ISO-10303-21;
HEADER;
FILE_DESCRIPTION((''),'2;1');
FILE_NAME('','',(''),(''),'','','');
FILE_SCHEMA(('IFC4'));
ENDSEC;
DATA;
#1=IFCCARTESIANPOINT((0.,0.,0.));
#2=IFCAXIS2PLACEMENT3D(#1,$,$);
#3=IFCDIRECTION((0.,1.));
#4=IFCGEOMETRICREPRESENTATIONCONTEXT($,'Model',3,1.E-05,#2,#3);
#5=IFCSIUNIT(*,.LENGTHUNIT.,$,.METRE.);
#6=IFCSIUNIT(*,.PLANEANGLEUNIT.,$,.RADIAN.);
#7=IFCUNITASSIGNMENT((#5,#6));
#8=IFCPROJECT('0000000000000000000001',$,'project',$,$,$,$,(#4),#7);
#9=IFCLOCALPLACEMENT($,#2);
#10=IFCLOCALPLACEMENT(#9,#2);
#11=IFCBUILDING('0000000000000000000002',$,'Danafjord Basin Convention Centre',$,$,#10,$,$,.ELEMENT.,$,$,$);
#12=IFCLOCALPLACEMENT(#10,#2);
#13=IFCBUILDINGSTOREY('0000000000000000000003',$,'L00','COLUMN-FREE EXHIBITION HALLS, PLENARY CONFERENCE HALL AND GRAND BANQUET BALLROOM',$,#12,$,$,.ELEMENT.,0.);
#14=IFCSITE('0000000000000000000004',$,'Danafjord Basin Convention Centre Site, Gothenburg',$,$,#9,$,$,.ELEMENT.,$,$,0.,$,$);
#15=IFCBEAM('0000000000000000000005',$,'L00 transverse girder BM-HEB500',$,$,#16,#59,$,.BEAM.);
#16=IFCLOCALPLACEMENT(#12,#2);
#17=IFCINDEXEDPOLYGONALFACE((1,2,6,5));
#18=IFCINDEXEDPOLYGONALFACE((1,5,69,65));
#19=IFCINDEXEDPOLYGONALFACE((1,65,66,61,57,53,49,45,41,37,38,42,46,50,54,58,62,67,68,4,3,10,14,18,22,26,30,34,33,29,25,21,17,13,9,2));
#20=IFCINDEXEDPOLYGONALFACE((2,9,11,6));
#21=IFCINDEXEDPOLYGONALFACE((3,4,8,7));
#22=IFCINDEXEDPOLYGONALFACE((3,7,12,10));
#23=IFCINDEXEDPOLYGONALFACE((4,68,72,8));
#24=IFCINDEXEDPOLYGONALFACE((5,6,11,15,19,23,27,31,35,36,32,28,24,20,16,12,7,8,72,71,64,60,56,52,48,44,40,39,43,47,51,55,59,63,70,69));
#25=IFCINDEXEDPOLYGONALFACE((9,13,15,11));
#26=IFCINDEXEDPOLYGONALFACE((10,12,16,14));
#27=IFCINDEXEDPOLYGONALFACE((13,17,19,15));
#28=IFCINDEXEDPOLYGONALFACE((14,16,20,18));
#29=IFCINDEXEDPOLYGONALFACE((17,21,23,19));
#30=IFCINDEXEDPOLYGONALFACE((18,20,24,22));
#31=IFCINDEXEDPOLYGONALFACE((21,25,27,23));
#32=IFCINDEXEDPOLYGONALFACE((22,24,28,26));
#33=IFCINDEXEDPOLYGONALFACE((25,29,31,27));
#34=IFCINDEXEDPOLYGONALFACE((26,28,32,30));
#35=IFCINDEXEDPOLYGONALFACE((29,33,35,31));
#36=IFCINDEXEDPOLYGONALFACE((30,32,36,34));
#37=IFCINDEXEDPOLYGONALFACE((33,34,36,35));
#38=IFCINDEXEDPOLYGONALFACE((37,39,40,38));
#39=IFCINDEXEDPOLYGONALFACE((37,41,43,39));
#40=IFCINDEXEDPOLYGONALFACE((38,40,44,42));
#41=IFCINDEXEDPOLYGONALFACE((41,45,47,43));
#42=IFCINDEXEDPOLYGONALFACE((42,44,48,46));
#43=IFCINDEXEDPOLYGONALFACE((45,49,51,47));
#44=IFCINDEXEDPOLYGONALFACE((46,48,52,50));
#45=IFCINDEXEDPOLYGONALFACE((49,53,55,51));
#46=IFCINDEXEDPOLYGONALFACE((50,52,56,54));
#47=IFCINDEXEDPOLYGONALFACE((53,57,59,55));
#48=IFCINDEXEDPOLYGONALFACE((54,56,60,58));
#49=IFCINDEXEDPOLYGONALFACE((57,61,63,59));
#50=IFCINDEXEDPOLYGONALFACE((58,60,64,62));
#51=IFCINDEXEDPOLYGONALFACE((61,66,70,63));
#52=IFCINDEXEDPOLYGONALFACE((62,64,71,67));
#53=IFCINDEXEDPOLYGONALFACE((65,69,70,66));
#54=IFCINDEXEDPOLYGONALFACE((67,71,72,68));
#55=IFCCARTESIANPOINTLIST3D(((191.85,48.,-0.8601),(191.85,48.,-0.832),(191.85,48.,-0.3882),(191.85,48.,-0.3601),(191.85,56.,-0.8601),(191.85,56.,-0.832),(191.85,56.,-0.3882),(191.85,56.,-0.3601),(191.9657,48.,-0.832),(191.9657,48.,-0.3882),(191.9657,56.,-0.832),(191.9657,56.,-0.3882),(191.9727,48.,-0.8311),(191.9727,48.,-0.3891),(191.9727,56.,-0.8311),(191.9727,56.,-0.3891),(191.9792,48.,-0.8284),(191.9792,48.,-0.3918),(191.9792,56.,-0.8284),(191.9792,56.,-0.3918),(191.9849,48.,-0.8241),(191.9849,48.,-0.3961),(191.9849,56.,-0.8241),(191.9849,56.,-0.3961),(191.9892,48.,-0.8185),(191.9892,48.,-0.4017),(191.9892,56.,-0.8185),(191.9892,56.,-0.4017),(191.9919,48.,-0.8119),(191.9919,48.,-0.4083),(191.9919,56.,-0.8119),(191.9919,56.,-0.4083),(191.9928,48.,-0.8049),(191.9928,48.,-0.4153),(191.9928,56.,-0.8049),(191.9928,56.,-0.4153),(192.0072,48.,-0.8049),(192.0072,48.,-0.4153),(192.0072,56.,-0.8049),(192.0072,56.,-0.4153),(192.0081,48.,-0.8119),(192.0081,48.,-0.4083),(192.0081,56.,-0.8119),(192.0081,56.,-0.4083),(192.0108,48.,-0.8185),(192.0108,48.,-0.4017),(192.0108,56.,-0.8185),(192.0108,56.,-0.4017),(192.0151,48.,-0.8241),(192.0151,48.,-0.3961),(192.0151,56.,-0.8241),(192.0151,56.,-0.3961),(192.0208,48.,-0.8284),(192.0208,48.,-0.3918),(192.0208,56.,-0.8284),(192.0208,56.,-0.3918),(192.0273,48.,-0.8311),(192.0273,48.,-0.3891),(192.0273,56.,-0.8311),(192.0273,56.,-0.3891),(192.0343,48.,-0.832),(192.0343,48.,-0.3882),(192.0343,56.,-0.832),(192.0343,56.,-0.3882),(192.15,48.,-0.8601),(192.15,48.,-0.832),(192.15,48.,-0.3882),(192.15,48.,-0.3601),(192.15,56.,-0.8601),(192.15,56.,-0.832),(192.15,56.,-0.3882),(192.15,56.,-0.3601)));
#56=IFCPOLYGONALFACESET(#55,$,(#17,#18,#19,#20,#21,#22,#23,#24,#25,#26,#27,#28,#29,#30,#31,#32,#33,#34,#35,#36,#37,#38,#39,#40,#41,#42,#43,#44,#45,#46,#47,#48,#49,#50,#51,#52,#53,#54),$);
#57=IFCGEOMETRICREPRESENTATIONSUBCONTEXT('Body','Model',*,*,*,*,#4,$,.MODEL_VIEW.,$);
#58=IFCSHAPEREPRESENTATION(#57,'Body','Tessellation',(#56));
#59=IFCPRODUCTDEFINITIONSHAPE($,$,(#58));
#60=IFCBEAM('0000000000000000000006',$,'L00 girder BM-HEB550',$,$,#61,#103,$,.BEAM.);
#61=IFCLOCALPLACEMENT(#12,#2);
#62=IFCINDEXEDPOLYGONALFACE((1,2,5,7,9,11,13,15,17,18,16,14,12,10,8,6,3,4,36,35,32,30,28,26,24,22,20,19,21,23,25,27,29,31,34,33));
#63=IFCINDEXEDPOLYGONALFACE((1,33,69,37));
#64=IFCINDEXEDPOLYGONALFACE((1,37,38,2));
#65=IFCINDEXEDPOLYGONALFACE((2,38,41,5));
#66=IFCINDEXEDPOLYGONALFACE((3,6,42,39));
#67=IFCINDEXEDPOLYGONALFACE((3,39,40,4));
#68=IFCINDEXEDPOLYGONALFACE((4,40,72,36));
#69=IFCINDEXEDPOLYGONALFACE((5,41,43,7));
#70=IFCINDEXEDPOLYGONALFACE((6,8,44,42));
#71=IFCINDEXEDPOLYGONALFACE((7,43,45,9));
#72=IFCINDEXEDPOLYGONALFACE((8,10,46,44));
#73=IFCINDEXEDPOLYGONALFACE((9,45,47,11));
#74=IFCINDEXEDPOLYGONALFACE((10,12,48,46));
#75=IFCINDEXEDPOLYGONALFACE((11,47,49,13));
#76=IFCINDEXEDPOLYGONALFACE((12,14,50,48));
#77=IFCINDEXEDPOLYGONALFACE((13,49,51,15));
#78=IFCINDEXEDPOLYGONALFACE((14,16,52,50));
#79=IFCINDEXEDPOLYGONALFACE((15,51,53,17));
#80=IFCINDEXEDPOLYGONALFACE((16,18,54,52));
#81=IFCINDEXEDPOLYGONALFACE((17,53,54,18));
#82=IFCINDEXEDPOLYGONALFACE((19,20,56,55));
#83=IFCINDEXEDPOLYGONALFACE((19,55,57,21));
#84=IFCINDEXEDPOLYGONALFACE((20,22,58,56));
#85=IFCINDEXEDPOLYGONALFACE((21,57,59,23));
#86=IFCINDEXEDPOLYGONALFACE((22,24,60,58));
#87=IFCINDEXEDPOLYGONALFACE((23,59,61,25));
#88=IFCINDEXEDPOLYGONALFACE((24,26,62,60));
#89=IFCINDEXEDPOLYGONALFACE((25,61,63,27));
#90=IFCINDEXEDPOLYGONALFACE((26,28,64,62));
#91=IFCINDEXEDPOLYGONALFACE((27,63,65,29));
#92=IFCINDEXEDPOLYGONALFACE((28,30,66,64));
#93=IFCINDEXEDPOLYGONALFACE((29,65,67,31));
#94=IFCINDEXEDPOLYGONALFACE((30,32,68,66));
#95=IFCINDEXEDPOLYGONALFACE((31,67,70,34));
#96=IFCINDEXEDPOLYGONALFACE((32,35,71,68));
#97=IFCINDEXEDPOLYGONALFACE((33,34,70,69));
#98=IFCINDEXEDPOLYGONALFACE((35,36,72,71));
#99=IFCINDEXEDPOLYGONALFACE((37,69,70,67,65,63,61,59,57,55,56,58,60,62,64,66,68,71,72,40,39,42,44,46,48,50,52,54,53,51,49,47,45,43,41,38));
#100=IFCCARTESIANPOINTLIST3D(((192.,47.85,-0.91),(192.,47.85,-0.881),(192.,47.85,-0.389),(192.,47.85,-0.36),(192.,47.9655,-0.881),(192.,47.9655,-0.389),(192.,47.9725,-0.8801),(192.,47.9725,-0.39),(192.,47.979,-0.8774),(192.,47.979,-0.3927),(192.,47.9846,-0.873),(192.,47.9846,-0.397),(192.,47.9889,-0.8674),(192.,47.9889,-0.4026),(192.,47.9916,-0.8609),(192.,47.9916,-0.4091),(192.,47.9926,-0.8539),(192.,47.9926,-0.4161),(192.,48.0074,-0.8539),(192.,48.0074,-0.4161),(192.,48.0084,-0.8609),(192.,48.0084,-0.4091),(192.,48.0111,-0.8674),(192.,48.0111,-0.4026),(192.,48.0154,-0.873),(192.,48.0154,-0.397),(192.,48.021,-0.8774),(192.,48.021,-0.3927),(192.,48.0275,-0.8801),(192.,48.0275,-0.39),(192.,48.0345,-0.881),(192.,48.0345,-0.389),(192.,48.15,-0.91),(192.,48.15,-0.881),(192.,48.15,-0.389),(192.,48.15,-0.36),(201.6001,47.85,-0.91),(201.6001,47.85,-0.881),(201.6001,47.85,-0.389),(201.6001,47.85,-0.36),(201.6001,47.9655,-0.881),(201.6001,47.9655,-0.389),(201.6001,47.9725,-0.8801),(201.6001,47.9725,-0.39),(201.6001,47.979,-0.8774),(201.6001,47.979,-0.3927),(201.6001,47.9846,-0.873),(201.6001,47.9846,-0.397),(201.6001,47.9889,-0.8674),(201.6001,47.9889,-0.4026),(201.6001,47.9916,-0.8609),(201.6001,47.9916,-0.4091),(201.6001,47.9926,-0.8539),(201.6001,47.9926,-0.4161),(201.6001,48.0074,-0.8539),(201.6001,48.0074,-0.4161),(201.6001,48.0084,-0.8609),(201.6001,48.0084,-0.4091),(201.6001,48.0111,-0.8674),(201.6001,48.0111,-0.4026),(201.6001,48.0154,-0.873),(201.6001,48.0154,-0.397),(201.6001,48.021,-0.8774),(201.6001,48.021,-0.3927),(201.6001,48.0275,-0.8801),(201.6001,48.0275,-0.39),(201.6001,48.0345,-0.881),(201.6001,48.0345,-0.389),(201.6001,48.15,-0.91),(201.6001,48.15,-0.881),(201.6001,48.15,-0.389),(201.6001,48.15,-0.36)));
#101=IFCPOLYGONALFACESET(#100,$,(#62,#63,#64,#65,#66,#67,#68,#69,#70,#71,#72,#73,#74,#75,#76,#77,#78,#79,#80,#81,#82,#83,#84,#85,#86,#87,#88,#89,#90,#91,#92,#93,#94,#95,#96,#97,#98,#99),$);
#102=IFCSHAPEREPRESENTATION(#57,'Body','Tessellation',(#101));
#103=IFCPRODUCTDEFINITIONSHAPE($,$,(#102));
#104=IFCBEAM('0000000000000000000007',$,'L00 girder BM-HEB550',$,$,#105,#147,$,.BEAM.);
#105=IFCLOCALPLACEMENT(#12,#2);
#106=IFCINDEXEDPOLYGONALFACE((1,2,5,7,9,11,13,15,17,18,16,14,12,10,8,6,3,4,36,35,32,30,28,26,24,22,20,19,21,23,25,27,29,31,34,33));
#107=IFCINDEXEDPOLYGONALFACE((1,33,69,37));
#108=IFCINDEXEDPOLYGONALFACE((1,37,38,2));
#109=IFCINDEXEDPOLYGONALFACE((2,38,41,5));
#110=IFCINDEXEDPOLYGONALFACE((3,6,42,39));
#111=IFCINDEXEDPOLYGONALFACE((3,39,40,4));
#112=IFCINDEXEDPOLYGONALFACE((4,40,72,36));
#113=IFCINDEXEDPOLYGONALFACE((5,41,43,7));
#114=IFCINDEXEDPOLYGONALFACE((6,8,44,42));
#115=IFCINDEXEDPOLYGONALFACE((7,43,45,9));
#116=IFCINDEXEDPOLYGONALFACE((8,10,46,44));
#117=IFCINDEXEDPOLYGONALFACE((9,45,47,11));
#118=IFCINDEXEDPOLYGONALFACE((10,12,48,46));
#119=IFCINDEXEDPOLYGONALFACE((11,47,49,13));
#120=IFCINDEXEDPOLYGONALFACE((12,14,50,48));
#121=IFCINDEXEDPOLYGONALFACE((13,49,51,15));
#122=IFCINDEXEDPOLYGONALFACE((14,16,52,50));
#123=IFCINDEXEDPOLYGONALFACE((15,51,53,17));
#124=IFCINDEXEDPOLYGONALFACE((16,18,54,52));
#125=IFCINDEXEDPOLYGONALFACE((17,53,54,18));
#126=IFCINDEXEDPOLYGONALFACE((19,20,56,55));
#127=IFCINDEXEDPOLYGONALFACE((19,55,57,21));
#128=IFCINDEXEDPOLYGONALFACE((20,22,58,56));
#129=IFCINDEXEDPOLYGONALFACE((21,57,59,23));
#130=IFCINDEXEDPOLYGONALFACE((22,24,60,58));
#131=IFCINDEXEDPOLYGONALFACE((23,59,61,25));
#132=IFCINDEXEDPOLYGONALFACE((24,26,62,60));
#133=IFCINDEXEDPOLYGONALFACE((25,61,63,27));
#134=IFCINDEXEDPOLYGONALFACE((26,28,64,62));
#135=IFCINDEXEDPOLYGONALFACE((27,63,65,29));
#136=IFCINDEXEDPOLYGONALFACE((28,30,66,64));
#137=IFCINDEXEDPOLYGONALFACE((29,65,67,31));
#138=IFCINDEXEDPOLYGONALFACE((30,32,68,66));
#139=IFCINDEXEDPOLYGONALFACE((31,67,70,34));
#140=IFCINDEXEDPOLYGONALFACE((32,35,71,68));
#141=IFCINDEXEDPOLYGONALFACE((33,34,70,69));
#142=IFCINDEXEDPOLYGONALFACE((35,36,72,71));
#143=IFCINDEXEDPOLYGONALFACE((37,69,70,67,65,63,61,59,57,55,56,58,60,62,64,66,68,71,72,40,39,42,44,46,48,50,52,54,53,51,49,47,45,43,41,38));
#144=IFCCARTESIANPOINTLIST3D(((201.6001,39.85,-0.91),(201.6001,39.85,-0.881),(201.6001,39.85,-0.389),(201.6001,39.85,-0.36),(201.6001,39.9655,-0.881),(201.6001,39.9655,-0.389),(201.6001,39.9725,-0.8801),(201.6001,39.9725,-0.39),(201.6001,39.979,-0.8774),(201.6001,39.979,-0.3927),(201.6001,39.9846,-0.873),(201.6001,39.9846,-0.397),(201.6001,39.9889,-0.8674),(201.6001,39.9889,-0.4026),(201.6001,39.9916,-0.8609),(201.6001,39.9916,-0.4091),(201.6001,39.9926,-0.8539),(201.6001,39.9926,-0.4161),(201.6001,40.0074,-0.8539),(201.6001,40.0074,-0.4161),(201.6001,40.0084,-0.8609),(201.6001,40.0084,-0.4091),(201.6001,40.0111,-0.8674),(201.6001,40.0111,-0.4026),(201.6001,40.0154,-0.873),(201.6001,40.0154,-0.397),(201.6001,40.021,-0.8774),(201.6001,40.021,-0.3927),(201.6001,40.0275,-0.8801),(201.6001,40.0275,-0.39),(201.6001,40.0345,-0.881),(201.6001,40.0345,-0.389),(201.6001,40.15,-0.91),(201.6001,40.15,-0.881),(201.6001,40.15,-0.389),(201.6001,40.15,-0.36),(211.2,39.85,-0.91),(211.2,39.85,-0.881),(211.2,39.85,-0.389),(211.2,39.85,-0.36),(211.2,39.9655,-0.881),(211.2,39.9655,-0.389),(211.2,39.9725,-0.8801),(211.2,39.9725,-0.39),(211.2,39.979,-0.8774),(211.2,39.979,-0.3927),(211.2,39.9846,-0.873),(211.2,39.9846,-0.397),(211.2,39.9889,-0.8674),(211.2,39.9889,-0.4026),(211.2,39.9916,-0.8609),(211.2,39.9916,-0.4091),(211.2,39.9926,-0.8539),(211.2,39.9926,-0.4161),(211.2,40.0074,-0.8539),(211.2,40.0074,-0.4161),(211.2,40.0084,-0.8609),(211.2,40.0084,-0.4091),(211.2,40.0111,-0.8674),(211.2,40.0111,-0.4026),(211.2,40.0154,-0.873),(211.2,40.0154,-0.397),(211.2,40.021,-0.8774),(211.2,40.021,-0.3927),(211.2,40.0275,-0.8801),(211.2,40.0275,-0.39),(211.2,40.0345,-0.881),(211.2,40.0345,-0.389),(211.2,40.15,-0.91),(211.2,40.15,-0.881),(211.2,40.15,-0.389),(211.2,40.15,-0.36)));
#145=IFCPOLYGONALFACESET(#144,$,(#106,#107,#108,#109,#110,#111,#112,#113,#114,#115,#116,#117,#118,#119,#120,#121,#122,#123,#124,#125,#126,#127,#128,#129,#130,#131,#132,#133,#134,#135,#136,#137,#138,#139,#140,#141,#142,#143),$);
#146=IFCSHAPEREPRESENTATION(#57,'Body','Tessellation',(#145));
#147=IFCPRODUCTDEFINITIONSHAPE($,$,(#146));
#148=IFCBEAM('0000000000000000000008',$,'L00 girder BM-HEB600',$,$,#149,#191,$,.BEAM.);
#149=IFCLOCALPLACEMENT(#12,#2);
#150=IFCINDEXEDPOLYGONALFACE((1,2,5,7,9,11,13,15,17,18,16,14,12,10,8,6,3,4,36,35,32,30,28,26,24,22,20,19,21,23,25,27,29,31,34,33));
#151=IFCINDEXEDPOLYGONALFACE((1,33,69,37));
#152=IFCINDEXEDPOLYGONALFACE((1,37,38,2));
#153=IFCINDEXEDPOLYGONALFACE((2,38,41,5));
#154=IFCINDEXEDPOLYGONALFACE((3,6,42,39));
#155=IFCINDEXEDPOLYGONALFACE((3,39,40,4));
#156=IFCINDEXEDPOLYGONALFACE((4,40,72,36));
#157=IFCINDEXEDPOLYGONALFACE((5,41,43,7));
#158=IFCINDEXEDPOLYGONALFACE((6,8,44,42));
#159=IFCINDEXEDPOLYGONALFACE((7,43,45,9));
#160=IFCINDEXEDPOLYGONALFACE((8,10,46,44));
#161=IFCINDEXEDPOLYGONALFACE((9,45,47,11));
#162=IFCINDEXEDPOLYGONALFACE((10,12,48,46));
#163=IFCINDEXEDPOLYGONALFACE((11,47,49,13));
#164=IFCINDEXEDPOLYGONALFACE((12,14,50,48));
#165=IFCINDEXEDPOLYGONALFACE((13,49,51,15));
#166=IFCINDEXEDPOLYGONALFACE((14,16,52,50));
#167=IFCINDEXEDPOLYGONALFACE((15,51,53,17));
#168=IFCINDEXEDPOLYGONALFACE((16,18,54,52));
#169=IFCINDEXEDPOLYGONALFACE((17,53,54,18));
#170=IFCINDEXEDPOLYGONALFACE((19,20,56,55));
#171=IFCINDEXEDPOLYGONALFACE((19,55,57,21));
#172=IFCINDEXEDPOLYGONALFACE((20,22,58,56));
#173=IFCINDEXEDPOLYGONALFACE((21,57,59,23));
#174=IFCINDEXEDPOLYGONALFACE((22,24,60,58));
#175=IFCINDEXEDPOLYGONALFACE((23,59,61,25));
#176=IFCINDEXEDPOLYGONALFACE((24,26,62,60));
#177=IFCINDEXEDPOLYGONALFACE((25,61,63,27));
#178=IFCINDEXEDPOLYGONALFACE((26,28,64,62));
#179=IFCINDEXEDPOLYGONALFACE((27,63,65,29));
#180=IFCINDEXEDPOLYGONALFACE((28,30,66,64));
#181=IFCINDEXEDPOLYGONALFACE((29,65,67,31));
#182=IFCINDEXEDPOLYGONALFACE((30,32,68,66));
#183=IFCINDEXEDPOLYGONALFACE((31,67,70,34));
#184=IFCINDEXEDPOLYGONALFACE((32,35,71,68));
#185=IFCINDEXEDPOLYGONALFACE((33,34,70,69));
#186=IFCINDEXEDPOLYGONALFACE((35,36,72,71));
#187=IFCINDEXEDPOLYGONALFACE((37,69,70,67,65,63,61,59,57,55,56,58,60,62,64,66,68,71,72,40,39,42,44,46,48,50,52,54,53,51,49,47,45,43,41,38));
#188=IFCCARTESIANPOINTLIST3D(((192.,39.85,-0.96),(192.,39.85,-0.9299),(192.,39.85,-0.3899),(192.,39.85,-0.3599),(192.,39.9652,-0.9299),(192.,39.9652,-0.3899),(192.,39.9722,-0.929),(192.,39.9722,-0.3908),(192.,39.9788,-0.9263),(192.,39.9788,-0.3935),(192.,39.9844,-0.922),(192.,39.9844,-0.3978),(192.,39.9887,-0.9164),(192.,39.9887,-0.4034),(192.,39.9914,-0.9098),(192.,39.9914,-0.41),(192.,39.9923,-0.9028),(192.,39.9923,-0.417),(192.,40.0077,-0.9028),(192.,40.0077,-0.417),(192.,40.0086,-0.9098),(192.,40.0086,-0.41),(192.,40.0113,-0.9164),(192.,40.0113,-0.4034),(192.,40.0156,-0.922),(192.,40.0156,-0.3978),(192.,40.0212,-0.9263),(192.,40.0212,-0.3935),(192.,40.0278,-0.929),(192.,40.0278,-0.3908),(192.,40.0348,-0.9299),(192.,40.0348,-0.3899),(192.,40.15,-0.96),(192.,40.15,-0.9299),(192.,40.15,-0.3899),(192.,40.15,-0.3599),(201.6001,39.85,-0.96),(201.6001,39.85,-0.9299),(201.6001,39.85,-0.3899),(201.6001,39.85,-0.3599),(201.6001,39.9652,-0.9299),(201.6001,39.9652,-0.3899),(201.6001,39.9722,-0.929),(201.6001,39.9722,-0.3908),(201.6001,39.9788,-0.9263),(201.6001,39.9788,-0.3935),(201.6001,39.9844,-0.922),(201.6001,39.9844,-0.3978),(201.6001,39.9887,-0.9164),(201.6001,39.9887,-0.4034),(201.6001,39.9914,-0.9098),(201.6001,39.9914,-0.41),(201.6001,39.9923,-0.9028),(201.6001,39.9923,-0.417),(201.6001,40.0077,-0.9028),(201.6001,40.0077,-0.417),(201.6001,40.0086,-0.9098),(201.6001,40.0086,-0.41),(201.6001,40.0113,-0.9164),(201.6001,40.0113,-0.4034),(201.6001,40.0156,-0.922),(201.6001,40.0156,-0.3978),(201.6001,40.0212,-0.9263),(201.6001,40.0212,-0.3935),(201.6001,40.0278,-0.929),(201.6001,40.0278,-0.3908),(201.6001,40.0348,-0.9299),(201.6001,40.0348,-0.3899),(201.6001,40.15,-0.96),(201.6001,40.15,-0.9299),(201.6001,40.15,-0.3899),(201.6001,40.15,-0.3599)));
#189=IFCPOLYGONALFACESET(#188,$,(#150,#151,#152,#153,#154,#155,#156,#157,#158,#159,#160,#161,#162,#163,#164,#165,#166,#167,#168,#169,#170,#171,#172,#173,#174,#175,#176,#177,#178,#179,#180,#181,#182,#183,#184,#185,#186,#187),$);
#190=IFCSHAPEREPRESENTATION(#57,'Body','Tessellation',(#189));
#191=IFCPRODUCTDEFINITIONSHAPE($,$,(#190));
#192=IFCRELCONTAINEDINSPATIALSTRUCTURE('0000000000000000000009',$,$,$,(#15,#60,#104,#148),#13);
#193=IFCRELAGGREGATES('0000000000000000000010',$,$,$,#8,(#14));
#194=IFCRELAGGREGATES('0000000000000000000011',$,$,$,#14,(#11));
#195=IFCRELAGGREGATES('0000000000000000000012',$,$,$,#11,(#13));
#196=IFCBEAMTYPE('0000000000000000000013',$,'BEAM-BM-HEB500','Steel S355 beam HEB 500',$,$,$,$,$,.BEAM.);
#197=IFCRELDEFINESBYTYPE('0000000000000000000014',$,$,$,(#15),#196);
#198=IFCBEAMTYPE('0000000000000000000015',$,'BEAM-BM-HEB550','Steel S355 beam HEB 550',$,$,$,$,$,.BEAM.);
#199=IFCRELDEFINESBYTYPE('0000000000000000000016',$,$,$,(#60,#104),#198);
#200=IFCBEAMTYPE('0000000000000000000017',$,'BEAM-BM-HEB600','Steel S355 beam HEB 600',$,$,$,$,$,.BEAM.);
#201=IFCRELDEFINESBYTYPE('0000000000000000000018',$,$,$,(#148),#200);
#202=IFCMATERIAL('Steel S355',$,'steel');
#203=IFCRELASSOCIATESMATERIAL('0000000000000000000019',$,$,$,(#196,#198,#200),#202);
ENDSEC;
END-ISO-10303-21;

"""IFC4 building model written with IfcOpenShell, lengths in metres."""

from ifc_helpers import new_model, si_unit, direction, frame, origin, origin_2d, place, context, subcontext, project, spatial, i_section, extrude, material, material_profile, profile_set, type_object, element, save


model = new_model("IFC4")

# Units and contexts
model_context = context("Model", 3, precision=1e-05, world=origin(), true_north=direction((0.0, 1.0)))
body_context = subcontext(model_context, "Body", "Model", "MODEL_VIEW")
ifc_project = project(units=[si_unit("LENGTHUNIT", "METRE"), si_unit("PLANEANGLEUNIT", "RADIAN")], contexts=[model_context])

# Site, building, storey
site_placement = place(None, origin())
site = spatial("IfcSite", under=ifc_project, at=site_placement, Name="Danafjord Basin Convention Centre Site, Gothenburg", CompositionType="ELEMENT", RefElevation=0.0)
building_placement = place(site_placement, origin())
building = spatial("IfcBuilding", under=site, at=building_placement, Name="Danafjord Basin Convention Centre", CompositionType="ELEMENT")
storey_placement = place(building_placement, origin())
storey = spatial("IfcBuildingStorey", under=building, at=storey_placement, Name="L00", Description="COLUMN-FREE EXHIBITION HALLS, PLENARY CONFERENCE HALL AND GRAND BANQUET BALLROOM", CompositionType="ELEMENT", Elevation=0.0)

# Shared definitions
ifc_material_1 = material(Name="Steel S355", Category="steel")

# Beams
ifc_material_profile_1 = material_profile(ifc_material_1, i_section(OverallWidth=0.3, OverallDepth=0.5, WebThickness=0.0144, FlangeThickness=0.0281, FilletRadius=0.0271, at=origin_2d()), Name="HEB 500")
ifc_profile_set_1 = profile_set([ifc_material_profile_1], Name="Steel S355")
beam_type_1 = type_object("IfcBeamType", Name="BEAM-BM-HEB500", Description="Steel S355 beam HEB 500", PredefinedType="BEAM", material=ifc_profile_set_1)
beam_1_placement = place(storey_placement, frame((192.0, 48.0, -0.6101), z_axis=(0.0, 1.0, 0.0), x_axis=(-1.0, 0.0, 0.0)))
element("IfcBeam", 1, at=beam_1_placement, inside=storey, type_object=beam_type_1, Name="L00 transverse girder BM-HEB500", PredefinedType="BEAM", context=body_context, shape_type="SweptSolid", body=[
    extrude(i_section(OverallWidth=0.3, OverallDepth=0.5, WebThickness=0.0144, FlangeThickness=0.0281, FilletRadius=0.0271, at=origin_2d()), origin(), (0.0, 0.0, 1.0), 8.0),
])
ifc_material_profile_2 = material_profile(ifc_material_1, i_section(OverallWidth=0.3, OverallDepth=0.55, WebThickness=0.0149, FlangeThickness=0.0291, FilletRadius=0.0271, at=origin_2d()), Name="HEB 550")
ifc_profile_set_2 = profile_set([ifc_material_profile_2], Name="Steel S355")
beam_type_2 = type_object("IfcBeamType", Name="BEAM-BM-HEB550", Description="Steel S355 beam HEB 550", PredefinedType="BEAM", material=ifc_profile_set_2)
beam_2_placement = place(storey_placement, frame((192.0, 48.0, -0.635), z_axis=(1.0, 0.0, 0.0), x_axis=(0.0, 1.0, 0.0)))
element("IfcBeam", 2, at=beam_2_placement, inside=storey, type_object=beam_type_2, Name="L00 girder BM-HEB550", PredefinedType="BEAM", context=body_context, shape_type="SweptSolid", body=[
    extrude(i_section(OverallWidth=0.3, OverallDepth=0.55, WebThickness=0.0149, FlangeThickness=0.0291, FilletRadius=0.0271, at=origin_2d()), origin(), (0.0, 0.0, 1.0), 9.6001),
])
beam_3_placement = place(storey_placement, frame((201.6001, 40.0, -0.635), z_axis=(1.0, 0.0, 0.0), x_axis=(0.0, 1.0, 0.0)))
element("IfcBeam", 3, at=beam_3_placement, inside=storey, type_object=beam_type_2, Name="L00 girder BM-HEB550", PredefinedType="BEAM", context=body_context, shape_type="SweptSolid", body=[
    extrude(i_section(OverallWidth=0.3, OverallDepth=0.55, WebThickness=0.0149, FlangeThickness=0.0291, FilletRadius=0.0271, at=origin_2d()), origin(), (0.0, 0.0, 1.0), 9.5999),
])
ifc_material_profile_3 = material_profile(ifc_material_1, i_section(OverallWidth=0.3, OverallDepth=0.6001, WebThickness=0.0154, FlangeThickness=0.03, FilletRadius=0.0271, at=origin_2d()), Name="HEB 600")
ifc_profile_set_3 = profile_set([ifc_material_profile_3], Name="Steel S355")
beam_type_3 = type_object("IfcBeamType", Name="BEAM-BM-HEB600", Description="Steel S355 beam HEB 600", PredefinedType="BEAM", material=ifc_profile_set_3)
beam_4_placement = place(storey_placement, frame((192.0, 40.0, -0.6599), z_axis=(1.0, 0.0, 0.0), x_axis=(0.0, 1.0, 0.0)))
element("IfcBeam", 4, at=beam_4_placement, inside=storey, type_object=beam_type_3, Name="L00 girder BM-HEB600", PredefinedType="BEAM", context=body_context, shape_type="SweptSolid", body=[
    extrude(i_section(OverallWidth=0.3, OverallDepth=0.6001, WebThickness=0.0154, FlangeThickness=0.03, FilletRadius=0.0271, at=origin_2d()), origin(), (0.0, 0.0, 1.0), 9.6001),
])

save(model, "model.ifc")
